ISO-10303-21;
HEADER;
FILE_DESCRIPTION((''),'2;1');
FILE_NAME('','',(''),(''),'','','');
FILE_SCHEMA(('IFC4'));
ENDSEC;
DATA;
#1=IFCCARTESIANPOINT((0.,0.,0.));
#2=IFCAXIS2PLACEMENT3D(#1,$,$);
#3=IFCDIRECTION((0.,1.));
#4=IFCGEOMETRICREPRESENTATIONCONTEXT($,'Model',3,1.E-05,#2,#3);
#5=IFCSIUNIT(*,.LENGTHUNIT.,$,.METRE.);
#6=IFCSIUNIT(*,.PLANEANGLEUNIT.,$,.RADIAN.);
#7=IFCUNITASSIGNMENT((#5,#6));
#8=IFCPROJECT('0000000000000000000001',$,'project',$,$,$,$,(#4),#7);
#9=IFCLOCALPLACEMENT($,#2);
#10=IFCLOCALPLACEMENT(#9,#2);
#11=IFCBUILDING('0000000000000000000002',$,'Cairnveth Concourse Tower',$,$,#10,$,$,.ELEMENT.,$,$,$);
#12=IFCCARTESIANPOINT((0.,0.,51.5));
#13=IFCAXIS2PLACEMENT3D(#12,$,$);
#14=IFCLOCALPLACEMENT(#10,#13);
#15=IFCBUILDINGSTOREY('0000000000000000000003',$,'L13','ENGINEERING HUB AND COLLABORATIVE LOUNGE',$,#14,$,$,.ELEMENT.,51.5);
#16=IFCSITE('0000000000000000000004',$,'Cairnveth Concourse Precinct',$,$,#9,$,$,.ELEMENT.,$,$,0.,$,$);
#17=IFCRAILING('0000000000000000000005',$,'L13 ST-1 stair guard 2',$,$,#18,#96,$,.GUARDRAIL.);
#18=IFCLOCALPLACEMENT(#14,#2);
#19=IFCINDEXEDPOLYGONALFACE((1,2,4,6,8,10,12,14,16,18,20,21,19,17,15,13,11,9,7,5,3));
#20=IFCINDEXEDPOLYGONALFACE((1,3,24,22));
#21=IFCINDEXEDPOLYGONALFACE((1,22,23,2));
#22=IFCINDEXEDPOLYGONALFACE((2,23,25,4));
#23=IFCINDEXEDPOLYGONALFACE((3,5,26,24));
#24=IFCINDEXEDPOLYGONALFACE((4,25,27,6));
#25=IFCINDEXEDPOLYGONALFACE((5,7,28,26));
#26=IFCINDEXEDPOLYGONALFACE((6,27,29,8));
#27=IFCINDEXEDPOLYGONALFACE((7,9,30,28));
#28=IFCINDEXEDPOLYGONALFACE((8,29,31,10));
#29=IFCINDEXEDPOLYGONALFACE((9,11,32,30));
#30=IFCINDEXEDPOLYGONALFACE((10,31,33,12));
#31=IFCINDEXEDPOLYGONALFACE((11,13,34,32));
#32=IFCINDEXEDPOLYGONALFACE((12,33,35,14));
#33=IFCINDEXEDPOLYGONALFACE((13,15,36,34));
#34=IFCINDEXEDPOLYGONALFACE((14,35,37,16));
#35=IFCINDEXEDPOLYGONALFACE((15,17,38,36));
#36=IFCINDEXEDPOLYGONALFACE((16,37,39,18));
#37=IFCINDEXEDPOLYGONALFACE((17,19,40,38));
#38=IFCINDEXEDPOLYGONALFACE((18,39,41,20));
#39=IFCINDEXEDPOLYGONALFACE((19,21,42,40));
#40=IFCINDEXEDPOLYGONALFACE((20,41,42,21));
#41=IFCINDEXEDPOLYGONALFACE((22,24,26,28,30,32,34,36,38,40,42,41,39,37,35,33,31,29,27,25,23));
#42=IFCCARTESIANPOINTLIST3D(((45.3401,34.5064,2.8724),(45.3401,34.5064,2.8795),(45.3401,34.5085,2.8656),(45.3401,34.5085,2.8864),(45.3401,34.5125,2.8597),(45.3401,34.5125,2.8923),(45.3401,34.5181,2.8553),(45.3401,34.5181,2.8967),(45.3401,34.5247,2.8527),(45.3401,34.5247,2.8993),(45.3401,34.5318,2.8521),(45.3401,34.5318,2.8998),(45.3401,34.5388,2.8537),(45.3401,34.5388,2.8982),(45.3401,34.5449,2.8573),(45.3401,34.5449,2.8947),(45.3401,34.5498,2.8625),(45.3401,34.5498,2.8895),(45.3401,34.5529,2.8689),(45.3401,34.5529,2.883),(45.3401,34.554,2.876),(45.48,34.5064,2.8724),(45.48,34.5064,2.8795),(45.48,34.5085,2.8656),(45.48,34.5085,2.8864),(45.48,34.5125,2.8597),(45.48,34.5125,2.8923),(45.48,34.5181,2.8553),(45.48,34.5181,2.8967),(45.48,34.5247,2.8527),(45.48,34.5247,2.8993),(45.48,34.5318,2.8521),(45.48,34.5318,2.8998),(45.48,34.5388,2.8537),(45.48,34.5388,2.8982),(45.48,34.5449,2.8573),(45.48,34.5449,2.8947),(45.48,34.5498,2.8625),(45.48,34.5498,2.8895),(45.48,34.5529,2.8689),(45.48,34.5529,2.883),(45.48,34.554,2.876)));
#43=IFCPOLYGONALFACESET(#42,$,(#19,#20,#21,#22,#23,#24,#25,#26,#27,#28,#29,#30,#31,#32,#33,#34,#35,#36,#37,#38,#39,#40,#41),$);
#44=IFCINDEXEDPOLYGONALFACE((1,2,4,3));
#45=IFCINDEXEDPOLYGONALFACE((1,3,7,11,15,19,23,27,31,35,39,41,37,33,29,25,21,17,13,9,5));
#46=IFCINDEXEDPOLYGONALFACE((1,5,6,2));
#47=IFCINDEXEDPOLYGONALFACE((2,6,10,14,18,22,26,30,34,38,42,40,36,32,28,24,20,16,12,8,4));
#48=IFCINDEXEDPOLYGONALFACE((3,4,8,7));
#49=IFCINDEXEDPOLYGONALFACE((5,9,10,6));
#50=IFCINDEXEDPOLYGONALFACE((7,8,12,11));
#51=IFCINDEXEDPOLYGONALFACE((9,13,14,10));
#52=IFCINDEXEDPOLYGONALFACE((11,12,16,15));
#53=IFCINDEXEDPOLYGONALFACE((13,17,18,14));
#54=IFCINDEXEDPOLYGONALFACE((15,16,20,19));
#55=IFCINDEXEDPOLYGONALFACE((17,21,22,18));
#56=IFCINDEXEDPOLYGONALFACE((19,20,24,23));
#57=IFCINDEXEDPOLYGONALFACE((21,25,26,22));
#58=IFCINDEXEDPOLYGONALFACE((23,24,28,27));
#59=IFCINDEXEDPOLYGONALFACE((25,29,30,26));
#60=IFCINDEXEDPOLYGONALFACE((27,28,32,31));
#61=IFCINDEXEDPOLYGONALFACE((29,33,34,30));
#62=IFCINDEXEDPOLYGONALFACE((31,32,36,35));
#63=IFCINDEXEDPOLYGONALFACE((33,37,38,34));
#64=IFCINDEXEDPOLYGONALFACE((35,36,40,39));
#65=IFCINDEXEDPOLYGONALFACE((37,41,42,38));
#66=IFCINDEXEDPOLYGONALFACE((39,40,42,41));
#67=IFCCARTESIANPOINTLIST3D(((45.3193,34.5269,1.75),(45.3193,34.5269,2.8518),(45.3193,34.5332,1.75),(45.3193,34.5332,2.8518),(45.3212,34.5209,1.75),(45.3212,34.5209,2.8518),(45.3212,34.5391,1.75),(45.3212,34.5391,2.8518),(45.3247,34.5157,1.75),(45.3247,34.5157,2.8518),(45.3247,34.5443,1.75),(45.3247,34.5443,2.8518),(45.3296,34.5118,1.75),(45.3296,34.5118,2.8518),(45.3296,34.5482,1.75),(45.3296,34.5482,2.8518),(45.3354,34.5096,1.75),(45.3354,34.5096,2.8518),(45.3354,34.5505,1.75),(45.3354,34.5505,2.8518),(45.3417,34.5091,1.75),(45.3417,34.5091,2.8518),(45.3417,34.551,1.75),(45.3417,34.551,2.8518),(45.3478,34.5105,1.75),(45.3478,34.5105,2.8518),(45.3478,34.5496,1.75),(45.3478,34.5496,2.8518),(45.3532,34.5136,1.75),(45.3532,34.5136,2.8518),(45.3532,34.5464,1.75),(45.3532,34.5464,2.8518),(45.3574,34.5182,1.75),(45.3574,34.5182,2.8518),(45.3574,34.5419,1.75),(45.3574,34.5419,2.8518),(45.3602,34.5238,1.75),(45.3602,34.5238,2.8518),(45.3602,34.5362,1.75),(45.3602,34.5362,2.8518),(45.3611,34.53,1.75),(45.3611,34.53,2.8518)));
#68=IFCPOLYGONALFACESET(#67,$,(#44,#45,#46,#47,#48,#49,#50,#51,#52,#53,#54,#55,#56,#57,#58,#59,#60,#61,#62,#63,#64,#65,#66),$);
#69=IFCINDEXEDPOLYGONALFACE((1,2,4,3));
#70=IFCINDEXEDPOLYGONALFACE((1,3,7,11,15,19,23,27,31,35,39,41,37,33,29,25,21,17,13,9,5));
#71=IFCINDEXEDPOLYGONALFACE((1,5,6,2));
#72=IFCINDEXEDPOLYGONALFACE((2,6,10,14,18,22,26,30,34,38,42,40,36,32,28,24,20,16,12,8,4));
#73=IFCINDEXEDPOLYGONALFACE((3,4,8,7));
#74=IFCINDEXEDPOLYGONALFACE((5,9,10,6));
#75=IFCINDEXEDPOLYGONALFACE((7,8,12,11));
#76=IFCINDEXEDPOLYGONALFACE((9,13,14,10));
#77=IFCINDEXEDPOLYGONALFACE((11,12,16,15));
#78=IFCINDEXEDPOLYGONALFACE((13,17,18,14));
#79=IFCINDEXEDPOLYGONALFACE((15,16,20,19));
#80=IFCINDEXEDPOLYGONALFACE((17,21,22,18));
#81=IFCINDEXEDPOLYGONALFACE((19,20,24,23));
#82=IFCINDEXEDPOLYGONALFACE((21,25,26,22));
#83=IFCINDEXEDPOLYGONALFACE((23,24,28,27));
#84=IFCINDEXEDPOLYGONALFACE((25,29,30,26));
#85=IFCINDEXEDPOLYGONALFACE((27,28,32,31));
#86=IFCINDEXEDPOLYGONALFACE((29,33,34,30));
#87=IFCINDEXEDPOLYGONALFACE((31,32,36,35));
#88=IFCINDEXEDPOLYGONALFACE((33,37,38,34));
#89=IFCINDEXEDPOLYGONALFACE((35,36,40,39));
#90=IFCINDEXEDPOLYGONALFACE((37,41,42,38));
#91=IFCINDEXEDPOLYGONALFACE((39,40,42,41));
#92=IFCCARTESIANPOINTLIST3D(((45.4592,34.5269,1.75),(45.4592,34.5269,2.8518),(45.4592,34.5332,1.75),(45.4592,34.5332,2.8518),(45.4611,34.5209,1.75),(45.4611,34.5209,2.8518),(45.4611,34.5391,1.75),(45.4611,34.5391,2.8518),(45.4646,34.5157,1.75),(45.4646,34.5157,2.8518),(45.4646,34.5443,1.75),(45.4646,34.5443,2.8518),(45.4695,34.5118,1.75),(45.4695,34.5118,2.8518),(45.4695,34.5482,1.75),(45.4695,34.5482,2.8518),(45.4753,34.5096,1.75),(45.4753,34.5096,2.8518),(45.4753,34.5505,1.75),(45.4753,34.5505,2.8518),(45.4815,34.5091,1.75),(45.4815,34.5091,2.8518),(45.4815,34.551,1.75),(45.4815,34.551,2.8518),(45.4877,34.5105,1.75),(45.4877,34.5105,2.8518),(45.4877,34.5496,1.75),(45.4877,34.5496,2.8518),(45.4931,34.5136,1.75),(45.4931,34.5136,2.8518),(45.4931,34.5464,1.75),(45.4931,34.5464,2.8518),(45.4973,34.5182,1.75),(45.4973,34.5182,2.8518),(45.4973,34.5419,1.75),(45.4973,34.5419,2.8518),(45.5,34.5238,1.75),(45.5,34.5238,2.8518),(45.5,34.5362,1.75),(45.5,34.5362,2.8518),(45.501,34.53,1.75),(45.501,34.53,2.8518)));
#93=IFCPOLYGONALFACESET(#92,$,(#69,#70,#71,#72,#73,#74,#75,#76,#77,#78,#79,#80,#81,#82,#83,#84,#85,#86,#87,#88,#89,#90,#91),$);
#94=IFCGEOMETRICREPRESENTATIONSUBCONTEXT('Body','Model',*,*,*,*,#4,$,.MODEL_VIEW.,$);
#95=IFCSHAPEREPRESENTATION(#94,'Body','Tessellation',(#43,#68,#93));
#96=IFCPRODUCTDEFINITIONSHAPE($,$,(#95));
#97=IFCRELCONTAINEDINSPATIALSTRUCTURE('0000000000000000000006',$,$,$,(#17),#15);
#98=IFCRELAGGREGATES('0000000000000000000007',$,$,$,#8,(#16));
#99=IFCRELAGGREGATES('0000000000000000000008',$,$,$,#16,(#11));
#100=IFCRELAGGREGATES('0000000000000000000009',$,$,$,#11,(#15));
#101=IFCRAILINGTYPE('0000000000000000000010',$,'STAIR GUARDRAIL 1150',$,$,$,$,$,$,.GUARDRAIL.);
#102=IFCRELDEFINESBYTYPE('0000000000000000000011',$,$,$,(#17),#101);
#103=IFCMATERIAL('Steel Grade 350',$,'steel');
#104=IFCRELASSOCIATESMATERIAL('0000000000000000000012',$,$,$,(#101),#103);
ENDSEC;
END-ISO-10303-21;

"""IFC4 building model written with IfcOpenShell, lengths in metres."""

from ifc_helpers import new_model, si_unit, direction, frame, origin, origin_2d, place, context, subcontext, project, spatial, circle, extrude, material, type_object, element, save


model = new_model("IFC4")

# Units and contexts
model_context = context("Model", 3, precision=1e-05, world=origin(), true_north=direction((0.0, 1.0)))
body_context = subcontext(model_context, "Body", "Model", "MODEL_VIEW")
ifc_project = project(units=[si_unit("LENGTHUNIT", "METRE"), si_unit("PLANEANGLEUNIT", "RADIAN")], contexts=[model_context])

# Site, building, storey
site_placement = place(None, origin())
site = spatial("IfcSite", under=ifc_project, at=site_placement, Name="Cairnveth Concourse Precinct", CompositionType="ELEMENT", RefElevation=0.0)
building_placement = place(site_placement, origin())
building = spatial("IfcBuilding", under=site, at=building_placement, Name="Cairnveth Concourse Tower", CompositionType="ELEMENT")
storey_placement = place(building_placement, frame((0.0, 0.0, 51.5)))
storey = spatial("IfcBuildingStorey", under=building, at=storey_placement, Name="L13", Description="ENGINEERING HUB AND COLLABORATIVE LOUNGE", CompositionType="ELEMENT", Elevation=51.5)

# Railing
ifc_material_1 = material(Name="Steel Grade 350", Category="steel")
railing_type_1 = type_object("IfcRailingType", Name="STAIR GUARDRAIL 1150", PredefinedType="GUARDRAIL", material=ifc_material_1)
railing_1_placement = place(storey_placement, frame((45.3401, 34.53, 1.75)))
element("IfcRailing", 1, at=railing_1_placement, inside=storey, type_object=railing_type_1, Name="L13 ST-1 stair guard 2", PredefinedType="GUARDRAIL", context=body_context, shape_type="SweptSolid", body=[
    extrude(circle(Radius=0.0239, at=origin_2d()), frame((0.0, 0.0, 1.126), z_axis=(1.0, 0.0, 0.0), x_axis=(0.0, 1.0, 0.0)), (0.0, 0.0, 1.0), 0.1399),
    extrude(circle(Radius=0.021, at=origin_2d()), origin(), (0.0, 0.0, 1.0), 1.1018),
    extrude(circle(Radius=0.021, at=origin_2d()), frame((0.1399, 0.0, 0.0)), (0.0, 0.0, 1.0), 1.1018),
])

save(model, "model.ifc")
